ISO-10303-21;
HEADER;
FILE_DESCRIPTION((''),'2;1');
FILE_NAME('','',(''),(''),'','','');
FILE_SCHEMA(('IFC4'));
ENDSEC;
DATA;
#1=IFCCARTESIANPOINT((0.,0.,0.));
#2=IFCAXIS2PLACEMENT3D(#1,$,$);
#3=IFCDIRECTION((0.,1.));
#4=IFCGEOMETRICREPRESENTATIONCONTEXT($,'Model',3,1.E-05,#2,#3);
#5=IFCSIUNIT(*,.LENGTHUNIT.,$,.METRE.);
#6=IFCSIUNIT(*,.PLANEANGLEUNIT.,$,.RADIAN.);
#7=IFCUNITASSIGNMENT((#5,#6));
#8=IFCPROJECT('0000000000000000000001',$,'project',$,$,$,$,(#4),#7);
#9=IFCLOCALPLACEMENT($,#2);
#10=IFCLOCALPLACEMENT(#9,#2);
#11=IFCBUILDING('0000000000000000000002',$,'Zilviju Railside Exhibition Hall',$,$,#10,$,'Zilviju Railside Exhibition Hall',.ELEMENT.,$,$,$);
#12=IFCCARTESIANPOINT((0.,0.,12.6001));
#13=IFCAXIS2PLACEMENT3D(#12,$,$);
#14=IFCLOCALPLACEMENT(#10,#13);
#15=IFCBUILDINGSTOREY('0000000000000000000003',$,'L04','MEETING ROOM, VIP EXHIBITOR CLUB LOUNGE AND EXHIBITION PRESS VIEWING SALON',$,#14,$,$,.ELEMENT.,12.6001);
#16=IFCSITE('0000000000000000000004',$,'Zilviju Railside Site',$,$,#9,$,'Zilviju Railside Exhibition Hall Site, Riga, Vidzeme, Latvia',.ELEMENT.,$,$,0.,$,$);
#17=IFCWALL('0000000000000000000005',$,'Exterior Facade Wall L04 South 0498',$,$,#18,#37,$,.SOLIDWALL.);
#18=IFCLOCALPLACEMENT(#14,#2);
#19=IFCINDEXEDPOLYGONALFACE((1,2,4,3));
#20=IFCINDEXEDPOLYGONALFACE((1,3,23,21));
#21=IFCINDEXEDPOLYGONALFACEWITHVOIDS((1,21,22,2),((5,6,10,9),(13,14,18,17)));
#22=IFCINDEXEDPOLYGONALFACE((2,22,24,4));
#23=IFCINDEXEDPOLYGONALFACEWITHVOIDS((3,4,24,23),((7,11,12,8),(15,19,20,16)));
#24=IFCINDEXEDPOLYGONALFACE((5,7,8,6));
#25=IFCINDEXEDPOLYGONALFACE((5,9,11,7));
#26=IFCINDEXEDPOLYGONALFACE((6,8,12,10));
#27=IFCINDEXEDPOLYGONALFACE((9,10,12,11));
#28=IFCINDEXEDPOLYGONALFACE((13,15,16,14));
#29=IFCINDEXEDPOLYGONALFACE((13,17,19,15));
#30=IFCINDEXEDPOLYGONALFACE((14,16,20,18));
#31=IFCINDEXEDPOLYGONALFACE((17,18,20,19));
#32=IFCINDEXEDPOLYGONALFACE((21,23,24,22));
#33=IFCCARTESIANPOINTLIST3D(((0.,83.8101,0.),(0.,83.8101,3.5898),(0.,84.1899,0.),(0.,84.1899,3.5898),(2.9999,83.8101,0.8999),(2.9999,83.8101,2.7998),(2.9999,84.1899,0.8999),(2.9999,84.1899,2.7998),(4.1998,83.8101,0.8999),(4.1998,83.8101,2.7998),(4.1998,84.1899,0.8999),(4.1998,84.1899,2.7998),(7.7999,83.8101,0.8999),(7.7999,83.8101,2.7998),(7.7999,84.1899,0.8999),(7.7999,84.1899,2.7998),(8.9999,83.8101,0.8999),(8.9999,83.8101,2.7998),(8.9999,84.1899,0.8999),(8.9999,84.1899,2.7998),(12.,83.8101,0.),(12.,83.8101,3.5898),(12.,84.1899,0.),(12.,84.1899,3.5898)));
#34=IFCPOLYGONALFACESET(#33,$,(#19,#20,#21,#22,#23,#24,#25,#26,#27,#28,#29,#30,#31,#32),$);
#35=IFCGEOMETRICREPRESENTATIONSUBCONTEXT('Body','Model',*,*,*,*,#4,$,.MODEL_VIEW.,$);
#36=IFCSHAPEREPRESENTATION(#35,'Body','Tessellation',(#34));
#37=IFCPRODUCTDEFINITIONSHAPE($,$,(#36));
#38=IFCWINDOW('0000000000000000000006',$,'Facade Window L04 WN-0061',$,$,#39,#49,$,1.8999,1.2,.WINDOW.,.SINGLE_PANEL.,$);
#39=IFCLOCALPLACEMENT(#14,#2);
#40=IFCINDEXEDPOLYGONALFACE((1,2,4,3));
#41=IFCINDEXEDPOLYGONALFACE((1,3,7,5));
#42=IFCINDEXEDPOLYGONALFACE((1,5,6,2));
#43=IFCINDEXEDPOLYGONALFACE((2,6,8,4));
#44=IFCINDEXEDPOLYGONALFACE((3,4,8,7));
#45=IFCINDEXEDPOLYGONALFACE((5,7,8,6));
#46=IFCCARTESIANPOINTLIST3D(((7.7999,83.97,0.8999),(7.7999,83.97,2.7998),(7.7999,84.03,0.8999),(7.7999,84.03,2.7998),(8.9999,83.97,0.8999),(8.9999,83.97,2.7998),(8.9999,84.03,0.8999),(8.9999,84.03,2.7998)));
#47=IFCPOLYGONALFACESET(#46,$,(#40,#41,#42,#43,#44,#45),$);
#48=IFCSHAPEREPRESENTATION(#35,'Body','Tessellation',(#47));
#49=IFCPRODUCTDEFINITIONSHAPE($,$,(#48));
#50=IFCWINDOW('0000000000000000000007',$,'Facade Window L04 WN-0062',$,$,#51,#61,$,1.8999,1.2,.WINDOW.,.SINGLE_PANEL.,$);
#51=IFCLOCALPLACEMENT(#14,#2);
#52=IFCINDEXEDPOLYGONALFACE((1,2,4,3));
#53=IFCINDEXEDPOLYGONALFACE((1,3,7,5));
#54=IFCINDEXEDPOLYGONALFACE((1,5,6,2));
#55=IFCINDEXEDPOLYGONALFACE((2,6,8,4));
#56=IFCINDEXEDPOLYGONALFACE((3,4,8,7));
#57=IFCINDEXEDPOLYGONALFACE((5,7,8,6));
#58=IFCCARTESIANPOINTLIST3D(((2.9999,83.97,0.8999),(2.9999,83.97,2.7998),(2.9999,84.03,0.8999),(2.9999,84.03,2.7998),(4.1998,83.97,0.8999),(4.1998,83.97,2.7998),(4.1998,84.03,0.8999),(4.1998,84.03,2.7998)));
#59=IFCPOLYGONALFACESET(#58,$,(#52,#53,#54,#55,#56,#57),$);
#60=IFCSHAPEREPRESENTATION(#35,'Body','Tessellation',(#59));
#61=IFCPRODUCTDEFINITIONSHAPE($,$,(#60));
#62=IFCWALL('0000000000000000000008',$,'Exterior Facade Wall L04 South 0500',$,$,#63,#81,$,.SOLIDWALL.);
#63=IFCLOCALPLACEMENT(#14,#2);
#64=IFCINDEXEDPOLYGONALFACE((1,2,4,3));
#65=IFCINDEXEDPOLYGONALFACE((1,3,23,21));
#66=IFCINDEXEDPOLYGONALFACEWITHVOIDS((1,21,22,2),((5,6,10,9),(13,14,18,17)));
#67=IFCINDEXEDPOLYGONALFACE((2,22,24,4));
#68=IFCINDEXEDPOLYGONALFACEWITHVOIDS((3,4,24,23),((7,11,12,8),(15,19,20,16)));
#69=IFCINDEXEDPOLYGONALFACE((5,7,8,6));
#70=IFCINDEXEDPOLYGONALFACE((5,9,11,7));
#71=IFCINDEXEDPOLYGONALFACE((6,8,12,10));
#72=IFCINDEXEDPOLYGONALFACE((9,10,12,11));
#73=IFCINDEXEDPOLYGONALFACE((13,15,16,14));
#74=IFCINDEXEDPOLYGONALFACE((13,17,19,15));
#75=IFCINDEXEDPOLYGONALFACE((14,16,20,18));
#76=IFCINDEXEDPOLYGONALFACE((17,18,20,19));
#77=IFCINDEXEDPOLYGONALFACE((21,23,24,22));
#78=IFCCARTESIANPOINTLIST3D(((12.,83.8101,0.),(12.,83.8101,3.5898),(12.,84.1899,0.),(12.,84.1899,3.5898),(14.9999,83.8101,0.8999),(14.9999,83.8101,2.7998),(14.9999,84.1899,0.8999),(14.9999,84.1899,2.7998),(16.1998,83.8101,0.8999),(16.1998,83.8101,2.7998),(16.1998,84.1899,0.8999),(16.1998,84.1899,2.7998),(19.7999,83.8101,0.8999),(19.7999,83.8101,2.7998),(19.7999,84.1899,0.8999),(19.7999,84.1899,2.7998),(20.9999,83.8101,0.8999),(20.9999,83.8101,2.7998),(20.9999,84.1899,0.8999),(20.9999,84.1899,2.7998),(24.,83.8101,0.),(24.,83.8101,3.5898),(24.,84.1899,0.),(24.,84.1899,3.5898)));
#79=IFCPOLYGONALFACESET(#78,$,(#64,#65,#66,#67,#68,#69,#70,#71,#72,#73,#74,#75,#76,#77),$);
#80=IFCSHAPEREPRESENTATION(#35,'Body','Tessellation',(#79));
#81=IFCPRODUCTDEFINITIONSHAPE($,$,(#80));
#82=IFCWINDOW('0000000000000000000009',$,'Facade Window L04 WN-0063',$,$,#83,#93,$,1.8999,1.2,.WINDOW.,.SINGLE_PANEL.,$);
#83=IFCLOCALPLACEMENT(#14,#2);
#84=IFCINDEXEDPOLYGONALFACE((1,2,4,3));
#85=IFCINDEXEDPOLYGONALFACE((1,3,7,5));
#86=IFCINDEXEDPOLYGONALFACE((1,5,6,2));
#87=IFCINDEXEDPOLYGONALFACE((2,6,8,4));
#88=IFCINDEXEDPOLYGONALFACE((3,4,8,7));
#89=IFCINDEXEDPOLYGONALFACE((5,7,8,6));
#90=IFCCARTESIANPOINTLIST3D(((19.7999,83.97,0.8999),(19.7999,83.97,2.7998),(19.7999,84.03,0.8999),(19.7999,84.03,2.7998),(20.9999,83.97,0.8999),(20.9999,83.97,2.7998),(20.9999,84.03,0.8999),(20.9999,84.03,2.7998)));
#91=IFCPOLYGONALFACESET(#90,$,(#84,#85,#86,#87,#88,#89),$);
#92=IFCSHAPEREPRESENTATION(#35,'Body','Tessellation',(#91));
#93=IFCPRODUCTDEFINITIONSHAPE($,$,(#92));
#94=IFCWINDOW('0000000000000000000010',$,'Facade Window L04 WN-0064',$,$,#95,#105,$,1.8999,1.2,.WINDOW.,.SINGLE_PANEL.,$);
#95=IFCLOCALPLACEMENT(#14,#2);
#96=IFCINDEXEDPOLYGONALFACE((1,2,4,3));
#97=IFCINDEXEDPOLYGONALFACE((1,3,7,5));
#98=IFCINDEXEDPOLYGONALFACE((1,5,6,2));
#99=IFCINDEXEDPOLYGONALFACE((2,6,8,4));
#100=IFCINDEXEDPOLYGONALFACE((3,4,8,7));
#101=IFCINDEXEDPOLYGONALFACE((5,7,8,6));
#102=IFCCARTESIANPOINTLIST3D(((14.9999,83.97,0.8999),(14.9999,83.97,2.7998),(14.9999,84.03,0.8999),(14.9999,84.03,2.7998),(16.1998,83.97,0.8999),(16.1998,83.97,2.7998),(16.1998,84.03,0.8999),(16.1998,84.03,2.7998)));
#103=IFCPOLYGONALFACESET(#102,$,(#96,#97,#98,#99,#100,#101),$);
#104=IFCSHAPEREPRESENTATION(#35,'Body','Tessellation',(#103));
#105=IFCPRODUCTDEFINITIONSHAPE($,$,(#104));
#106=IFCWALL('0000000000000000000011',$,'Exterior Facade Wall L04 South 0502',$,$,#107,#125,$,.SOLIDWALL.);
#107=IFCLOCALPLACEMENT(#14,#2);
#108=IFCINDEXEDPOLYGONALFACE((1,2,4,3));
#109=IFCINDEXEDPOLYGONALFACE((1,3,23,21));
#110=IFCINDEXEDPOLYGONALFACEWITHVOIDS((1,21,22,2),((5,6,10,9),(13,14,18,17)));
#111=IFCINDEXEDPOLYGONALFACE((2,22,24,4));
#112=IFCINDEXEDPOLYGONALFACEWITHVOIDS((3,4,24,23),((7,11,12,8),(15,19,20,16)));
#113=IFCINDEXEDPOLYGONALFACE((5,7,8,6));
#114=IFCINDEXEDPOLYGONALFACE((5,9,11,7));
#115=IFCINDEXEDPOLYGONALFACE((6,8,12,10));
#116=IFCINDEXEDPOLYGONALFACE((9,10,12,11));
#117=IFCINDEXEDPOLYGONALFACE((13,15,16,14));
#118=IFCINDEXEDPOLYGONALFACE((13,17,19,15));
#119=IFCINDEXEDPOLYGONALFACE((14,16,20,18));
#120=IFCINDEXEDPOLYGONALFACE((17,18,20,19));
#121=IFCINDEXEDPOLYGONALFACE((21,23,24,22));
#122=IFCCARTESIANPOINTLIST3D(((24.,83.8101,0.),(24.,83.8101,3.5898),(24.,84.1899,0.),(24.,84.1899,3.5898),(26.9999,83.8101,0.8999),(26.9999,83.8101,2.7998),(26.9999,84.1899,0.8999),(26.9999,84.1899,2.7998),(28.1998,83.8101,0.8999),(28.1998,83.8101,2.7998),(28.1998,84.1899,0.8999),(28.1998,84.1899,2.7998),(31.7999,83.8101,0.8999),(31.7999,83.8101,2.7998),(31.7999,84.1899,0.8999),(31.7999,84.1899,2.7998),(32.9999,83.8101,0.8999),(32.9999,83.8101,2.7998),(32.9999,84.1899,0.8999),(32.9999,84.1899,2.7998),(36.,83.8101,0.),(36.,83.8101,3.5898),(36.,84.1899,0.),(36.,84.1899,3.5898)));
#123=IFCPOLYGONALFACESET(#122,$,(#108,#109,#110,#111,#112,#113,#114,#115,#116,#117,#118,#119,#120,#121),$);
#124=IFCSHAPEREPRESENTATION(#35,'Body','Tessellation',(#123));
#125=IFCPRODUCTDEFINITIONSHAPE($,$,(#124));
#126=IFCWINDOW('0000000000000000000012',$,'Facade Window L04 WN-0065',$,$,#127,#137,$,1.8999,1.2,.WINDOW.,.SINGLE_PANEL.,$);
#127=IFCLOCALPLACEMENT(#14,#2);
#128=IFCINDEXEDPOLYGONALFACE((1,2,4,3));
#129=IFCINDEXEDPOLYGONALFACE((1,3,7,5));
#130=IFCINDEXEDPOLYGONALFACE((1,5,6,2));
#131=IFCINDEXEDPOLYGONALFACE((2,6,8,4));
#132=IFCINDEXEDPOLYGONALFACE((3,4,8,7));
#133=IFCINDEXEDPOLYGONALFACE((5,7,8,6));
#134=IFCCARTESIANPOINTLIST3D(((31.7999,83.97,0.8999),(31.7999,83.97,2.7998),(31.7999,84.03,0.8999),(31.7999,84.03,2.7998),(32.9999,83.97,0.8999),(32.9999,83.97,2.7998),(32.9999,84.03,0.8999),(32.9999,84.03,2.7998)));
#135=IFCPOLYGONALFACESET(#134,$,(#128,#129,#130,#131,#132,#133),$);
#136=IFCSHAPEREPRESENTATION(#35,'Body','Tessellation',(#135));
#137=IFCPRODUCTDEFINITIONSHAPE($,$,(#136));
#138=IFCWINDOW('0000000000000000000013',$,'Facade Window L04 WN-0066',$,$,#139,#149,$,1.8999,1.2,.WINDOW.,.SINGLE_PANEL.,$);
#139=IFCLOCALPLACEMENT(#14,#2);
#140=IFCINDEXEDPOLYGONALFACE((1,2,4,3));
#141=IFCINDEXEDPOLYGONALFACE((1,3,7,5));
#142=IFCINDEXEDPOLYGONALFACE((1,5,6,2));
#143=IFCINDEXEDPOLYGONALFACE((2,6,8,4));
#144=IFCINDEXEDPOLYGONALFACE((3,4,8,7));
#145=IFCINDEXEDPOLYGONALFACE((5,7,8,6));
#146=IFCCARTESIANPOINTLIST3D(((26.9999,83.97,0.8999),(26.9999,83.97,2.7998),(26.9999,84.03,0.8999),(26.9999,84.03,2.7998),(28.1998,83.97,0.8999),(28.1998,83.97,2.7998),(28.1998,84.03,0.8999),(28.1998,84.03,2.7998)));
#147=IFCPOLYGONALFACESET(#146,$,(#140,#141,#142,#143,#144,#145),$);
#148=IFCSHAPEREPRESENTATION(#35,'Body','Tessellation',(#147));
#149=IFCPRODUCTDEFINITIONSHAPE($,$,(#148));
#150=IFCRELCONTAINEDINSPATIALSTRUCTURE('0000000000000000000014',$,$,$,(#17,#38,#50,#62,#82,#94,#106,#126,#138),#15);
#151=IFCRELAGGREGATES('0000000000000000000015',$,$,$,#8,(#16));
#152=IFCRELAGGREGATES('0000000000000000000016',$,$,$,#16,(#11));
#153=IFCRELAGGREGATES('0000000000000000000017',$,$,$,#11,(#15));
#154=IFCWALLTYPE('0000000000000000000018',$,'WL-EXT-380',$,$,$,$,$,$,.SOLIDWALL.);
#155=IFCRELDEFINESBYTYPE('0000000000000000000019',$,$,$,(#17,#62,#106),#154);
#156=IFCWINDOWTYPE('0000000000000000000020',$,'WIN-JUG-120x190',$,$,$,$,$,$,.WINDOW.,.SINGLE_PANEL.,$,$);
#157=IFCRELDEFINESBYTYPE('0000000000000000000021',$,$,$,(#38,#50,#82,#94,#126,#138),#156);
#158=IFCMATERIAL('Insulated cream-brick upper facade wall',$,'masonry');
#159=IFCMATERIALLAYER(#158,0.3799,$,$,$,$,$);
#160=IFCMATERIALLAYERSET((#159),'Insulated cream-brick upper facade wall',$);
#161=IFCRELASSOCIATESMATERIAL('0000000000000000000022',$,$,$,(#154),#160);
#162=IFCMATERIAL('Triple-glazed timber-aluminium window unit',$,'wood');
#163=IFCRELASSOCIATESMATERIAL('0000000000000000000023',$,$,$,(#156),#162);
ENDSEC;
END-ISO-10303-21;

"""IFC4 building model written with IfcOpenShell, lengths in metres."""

from ifc_helpers import new_model, si_unit, direction, frame, frame_2d, origin, place, context, subcontext, project, spatial, rectangle, extrude, material, layer, layer_set, type_object, element, fill, save


model = new_model("IFC4")

# Units and contexts
model_context = context("Model", 3, precision=1e-05, world=origin(), true_north=direction((0.0, 1.0)))
body_context = subcontext(model_context, "Body", "Model", "MODEL_VIEW")
ifc_project = project(units=[si_unit("LENGTHUNIT", "METRE"), si_unit("PLANEANGLEUNIT", "RADIAN")], contexts=[model_context])

# Site, building, storey
site_placement = place(None, origin())
site = spatial("IfcSite", under=ifc_project, at=site_placement, Name="Zilviju Railside Site", LongName="Zilviju Railside Exhibition Hall Site, Riga, Vidzeme, Latvia", CompositionType="ELEMENT", RefElevation=0.0)
building_placement = place(site_placement, origin())
building = spatial("IfcBuilding", under=site, at=building_placement, Name="Zilviju Railside Exhibition Hall", LongName="Zilviju Railside Exhibition Hall", CompositionType="ELEMENT")
storey_placement = place(building_placement, frame((0.0, 0.0, 12.6001)))
storey = spatial("IfcBuildingStorey", under=building, at=storey_placement, Name="L04", Description="MEETING ROOM, VIP EXHIBITOR CLUB LOUNGE AND EXHIBITION PRESS VIEWING SALON", CompositionType="ELEMENT", Elevation=12.6001)

# Shared definitions
ifc_material_1 = material(Name="Insulated cream-brick upper facade wall", Category="masonry")
ifc_layer = layer(ifc_material_1, 0.3799)
ifc_layer_set = layer_set([ifc_layer], Name="Insulated cream-brick upper facade wall")
wall_type = type_object("IfcWallType", Name="WL-EXT-380", PredefinedType="SOLIDWALL", material=ifc_layer_set)
ifc_material_2 = material(Name="Triple-glazed timber-aluminium window unit", Category="wood")

# Walls, openings, windows
wall_1_placement = place(storey_placement, frame((12.0, 84.0, 0.0), z_axis=(0.0, 0.0, 1.0), x_axis=(-1.0, 0.0, 0.0)))
wall_1 = element("IfcWall", 1, at=wall_1_placement, inside=storey, type_object=wall_type, Name="Exterior Facade Wall L04 South 0498", PredefinedType="SOLIDWALL", context=body_context, shape_type="SweptSolid", body=[
    extrude(rectangle(XDim=12.0, YDim=0.3799, at=frame_2d((6.0, 0.0))), origin(), (0.0, 0.0, 1.0), 3.5898),
])
opening_1_placement = place(wall_1_placement, frame((3.0, 0.0, 0.8999)))
opening_1 = element("IfcOpeningElement", 2, at=opening_1_placement, cuts=wall_1, PredefinedType="OPENING", context=body_context, shape_type="SweptSolid", body=[
    extrude(rectangle(XDim=1.2, YDim=1.8999, at=frame_2d((0.6001, 0.95))), frame((0.0, 0.2, 0.0), z_axis=(0.0, -1.0, 0.0), x_axis=(1.0, 0.0, 0.0)), (0.0, 0.0, 1.0), 0.3999),
])
opening_2_placement = place(wall_1_placement, frame((7.8, 0.0, 0.8999)))
opening_2 = element("IfcOpeningElement", 3, at=opening_2_placement, cuts=wall_1, PredefinedType="OPENING", context=body_context, shape_type="SweptSolid", body=[
    extrude(rectangle(XDim=1.2, YDim=1.8999, at=frame_2d((0.6001, 0.95))), frame((0.0, 0.2, 0.0), z_axis=(0.0, -1.0, 0.0), x_axis=(1.0, 0.0, 0.0)), (0.0, 0.0, 1.0), 0.3999),
])
window_type_1 = type_object("IfcWindowType", Name="WIN-JUG-120x190", PartitioningType="SINGLE_PANEL", PredefinedType="WINDOW", material=ifc_material_2)
window_1_placement = place(opening_1_placement, origin())
window_1 = element("IfcWindow", 4, at=window_1_placement, inside=storey, type_object=window_type_1, Name="Facade Window L04 WN-0061", OverallHeight=1.8999, OverallWidth=1.2, PartitioningType="SINGLE_PANEL", PredefinedType="WINDOW", context=body_context, shape_type="SweptSolid", body=[
    extrude(rectangle(XDim=1.2, YDim=1.8999, at=frame_2d((0.6001, 0.95))), frame((0.0, 0.03, 0.0), z_axis=(0.0, -1.0, 0.0), x_axis=(1.0, 0.0, 0.0)), (0.0, 0.0, 1.0), 0.0601),
])
fill(opening_1, window_1)
window_2_placement = place(opening_2_placement, origin())
window_2 = element("IfcWindow", 5, at=window_2_placement, inside=storey, type_object=window_type_1, Name="Facade Window L04 WN-0062", OverallHeight=1.8999, OverallWidth=1.2, PartitioningType="SINGLE_PANEL", PredefinedType="WINDOW", context=body_context, shape_type="SweptSolid", body=[
    extrude(rectangle(XDim=1.2, YDim=1.8999, at=frame_2d((0.6001, 0.95))), frame((0.0, 0.03, 0.0), z_axis=(0.0, -1.0, 0.0), x_axis=(1.0, 0.0, 0.0)), (0.0, 0.0, 1.0), 0.0601),
])
fill(opening_2, window_2)
wall_2_placement = place(storey_placement, frame((24.0, 84.0, 0.0), z_axis=(0.0, 0.0, 1.0), x_axis=(-1.0, 0.0, 0.0)))
wall_2 = element("IfcWall", 6, at=wall_2_placement, inside=storey, type_object=wall_type, Name="Exterior Facade Wall L04 South 0500", PredefinedType="SOLIDWALL", context=body_context, shape_type="SweptSolid", body=[
    extrude(rectangle(XDim=12.0, YDim=0.3799, at=frame_2d((6.0, 0.0))), origin(), (0.0, 0.0, 1.0), 3.5898),
])
opening_3_placement = place(wall_2_placement, frame((3.0, 0.0, 0.8999)))
opening_3 = element("IfcOpeningElement", 7, at=opening_3_placement, cuts=wall_2, PredefinedType="OPENING", context=body_context, shape_type="SweptSolid", body=[
    extrude(rectangle(XDim=1.2, YDim=1.8999, at=frame_2d((0.6001, 0.95))), frame((0.0, 0.2, 0.0), z_axis=(0.0, -1.0, 0.0), x_axis=(1.0, 0.0, 0.0)), (0.0, 0.0, 1.0), 0.3999),
])
opening_4_placement = place(wall_2_placement, frame((7.8, 0.0, 0.8999)))
opening_4 = element("IfcOpeningElement", 8, at=opening_4_placement, cuts=wall_2, PredefinedType="OPENING", context=body_context, shape_type="SweptSolid", body=[
    extrude(rectangle(XDim=1.2, YDim=1.8999, at=frame_2d((0.6001, 0.95))), frame((0.0, 0.2, 0.0), z_axis=(0.0, -1.0, 0.0), x_axis=(1.0, 0.0, 0.0)), (0.0, 0.0, 1.0), 0.3999),
])
window_3_placement = place(opening_3_placement, origin())
window_3 = element("IfcWindow", 9, at=window_3_placement, inside=storey, type_object=window_type_1, Name="Facade Window L04 WN-0063", OverallHeight=1.8999, OverallWidth=1.2, PartitioningType="SINGLE_PANEL", PredefinedType="WINDOW", context=body_context, shape_type="SweptSolid", body=[
    extrude(rectangle(XDim=1.2, YDim=1.8999, at=frame_2d((0.6001, 0.95))), frame((0.0, 0.03, 0.0), z_axis=(0.0, -1.0, 0.0), x_axis=(1.0, 0.0, 0.0)), (0.0, 0.0, 1.0), 0.0601),
])
fill(opening_3, window_3)
window_4_placement = place(opening_4_placement, origin())
window_4 = element("IfcWindow", 10, at=window_4_placement, inside=storey, type_object=window_type_1, Name="Facade Window L04 WN-0064", OverallHeight=1.8999, OverallWidth=1.2, PartitioningType="SINGLE_PANEL", PredefinedType="WINDOW", context=body_context, shape_type="SweptSolid", body=[
    extrude(rectangle(XDim=1.2, YDim=1.8999, at=frame_2d((0.6001, 0.95))), frame((0.0, 0.03, 0.0), z_axis=(0.0, -1.0, 0.0), x_axis=(1.0, 0.0, 0.0)), (0.0, 0.0, 1.0), 0.0601),
])
fill(opening_4, window_4)
wall_3_placement = place(storey_placement, frame((36.0, 84.0, 0.0), z_axis=(0.0, 0.0, 1.0), x_axis=(-1.0, 0.0, 0.0)))
wall_3 = element("IfcWall", 11, at=wall_3_placement, inside=storey, type_object=wall_type, Name="Exterior Facade Wall L04 South 0502", PredefinedType="SOLIDWALL", context=body_context, shape_type="SweptSolid", body=[
    extrude(rectangle(XDim=12.0, YDim=0.3799, at=frame_2d((6.0, 0.0))), origin(), (0.0, 0.0, 1.0), 3.5898),
])
opening_5_placement = place(wall_3_placement, frame((3.0, 0.0, 0.8999)))
opening_5 = element("IfcOpeningElement", 12, at=opening_5_placement, cuts=wall_3, PredefinedType="OPENING", context=body_context, shape_type="SweptSolid", body=[
    extrude(rectangle(XDim=1.2, YDim=1.8999, at=frame_2d((0.6001, 0.95))), frame((0.0, 0.2, 0.0), z_axis=(0.0, -1.0, 0.0), x_axis=(1.0, 0.0, 0.0)), (0.0, 0.0, 1.0), 0.3999),
])
opening_6_placement = place(wall_3_placement, frame((7.8, 0.0, 0.8999)))
opening_6 = element("IfcOpeningElement", 13, at=opening_6_placement, cuts=wall_3, PredefinedType="OPENING", context=body_context, shape_type="SweptSolid", body=[
    extrude(rectangle(XDim=1.2, YDim=1.8999, at=frame_2d((0.6001, 0.95))), frame((0.0, 0.2, 0.0), z_axis=(0.0, -1.0, 0.0), x_axis=(1.0, 0.0, 0.0)), (0.0, 0.0, 1.0), 0.3999),
])
window_5_placement = place(opening_5_placement, origin())
window_5 = element("IfcWindow", 14, at=window_5_placement, inside=storey, type_object=window_type_1, Name="Facade Window L04 WN-0065", OverallHeight=1.8999, OverallWidth=1.2, PartitioningType="SINGLE_PANEL", PredefinedType="WINDOW", context=body_context, shape_type="SweptSolid", body=[
    extrude(rectangle(XDim=1.2, YDim=1.8999, at=frame_2d((0.6001, 0.95))), frame((0.0, 0.03, 0.0), z_axis=(0.0, -1.0, 0.0), x_axis=(1.0, 0.0, 0.0)), (0.0, 0.0, 1.0), 0.0601),
])
fill(opening_5, window_5)
window_6_placement = place(opening_6_placement, origin())
window_6 = element("IfcWindow", 15, at=window_6_placement, inside=storey, type_object=window_type_1, Name="Facade Window L04 WN-0066", OverallHeight=1.8999, OverallWidth=1.2, PartitioningType="SINGLE_PANEL", PredefinedType="WINDOW", context=body_context, shape_type="SweptSolid", body=[
    extrude(rectangle(XDim=1.2, YDim=1.8999, at=frame_2d((0.6001, 0.95))), frame((0.0, 0.03, 0.0), z_axis=(0.0, -1.0, 0.0), x_axis=(1.0, 0.0, 0.0)), (0.0, 0.0, 1.0), 0.0601),
])
fill(opening_6, window_6)

save(model, "model.ifc")
